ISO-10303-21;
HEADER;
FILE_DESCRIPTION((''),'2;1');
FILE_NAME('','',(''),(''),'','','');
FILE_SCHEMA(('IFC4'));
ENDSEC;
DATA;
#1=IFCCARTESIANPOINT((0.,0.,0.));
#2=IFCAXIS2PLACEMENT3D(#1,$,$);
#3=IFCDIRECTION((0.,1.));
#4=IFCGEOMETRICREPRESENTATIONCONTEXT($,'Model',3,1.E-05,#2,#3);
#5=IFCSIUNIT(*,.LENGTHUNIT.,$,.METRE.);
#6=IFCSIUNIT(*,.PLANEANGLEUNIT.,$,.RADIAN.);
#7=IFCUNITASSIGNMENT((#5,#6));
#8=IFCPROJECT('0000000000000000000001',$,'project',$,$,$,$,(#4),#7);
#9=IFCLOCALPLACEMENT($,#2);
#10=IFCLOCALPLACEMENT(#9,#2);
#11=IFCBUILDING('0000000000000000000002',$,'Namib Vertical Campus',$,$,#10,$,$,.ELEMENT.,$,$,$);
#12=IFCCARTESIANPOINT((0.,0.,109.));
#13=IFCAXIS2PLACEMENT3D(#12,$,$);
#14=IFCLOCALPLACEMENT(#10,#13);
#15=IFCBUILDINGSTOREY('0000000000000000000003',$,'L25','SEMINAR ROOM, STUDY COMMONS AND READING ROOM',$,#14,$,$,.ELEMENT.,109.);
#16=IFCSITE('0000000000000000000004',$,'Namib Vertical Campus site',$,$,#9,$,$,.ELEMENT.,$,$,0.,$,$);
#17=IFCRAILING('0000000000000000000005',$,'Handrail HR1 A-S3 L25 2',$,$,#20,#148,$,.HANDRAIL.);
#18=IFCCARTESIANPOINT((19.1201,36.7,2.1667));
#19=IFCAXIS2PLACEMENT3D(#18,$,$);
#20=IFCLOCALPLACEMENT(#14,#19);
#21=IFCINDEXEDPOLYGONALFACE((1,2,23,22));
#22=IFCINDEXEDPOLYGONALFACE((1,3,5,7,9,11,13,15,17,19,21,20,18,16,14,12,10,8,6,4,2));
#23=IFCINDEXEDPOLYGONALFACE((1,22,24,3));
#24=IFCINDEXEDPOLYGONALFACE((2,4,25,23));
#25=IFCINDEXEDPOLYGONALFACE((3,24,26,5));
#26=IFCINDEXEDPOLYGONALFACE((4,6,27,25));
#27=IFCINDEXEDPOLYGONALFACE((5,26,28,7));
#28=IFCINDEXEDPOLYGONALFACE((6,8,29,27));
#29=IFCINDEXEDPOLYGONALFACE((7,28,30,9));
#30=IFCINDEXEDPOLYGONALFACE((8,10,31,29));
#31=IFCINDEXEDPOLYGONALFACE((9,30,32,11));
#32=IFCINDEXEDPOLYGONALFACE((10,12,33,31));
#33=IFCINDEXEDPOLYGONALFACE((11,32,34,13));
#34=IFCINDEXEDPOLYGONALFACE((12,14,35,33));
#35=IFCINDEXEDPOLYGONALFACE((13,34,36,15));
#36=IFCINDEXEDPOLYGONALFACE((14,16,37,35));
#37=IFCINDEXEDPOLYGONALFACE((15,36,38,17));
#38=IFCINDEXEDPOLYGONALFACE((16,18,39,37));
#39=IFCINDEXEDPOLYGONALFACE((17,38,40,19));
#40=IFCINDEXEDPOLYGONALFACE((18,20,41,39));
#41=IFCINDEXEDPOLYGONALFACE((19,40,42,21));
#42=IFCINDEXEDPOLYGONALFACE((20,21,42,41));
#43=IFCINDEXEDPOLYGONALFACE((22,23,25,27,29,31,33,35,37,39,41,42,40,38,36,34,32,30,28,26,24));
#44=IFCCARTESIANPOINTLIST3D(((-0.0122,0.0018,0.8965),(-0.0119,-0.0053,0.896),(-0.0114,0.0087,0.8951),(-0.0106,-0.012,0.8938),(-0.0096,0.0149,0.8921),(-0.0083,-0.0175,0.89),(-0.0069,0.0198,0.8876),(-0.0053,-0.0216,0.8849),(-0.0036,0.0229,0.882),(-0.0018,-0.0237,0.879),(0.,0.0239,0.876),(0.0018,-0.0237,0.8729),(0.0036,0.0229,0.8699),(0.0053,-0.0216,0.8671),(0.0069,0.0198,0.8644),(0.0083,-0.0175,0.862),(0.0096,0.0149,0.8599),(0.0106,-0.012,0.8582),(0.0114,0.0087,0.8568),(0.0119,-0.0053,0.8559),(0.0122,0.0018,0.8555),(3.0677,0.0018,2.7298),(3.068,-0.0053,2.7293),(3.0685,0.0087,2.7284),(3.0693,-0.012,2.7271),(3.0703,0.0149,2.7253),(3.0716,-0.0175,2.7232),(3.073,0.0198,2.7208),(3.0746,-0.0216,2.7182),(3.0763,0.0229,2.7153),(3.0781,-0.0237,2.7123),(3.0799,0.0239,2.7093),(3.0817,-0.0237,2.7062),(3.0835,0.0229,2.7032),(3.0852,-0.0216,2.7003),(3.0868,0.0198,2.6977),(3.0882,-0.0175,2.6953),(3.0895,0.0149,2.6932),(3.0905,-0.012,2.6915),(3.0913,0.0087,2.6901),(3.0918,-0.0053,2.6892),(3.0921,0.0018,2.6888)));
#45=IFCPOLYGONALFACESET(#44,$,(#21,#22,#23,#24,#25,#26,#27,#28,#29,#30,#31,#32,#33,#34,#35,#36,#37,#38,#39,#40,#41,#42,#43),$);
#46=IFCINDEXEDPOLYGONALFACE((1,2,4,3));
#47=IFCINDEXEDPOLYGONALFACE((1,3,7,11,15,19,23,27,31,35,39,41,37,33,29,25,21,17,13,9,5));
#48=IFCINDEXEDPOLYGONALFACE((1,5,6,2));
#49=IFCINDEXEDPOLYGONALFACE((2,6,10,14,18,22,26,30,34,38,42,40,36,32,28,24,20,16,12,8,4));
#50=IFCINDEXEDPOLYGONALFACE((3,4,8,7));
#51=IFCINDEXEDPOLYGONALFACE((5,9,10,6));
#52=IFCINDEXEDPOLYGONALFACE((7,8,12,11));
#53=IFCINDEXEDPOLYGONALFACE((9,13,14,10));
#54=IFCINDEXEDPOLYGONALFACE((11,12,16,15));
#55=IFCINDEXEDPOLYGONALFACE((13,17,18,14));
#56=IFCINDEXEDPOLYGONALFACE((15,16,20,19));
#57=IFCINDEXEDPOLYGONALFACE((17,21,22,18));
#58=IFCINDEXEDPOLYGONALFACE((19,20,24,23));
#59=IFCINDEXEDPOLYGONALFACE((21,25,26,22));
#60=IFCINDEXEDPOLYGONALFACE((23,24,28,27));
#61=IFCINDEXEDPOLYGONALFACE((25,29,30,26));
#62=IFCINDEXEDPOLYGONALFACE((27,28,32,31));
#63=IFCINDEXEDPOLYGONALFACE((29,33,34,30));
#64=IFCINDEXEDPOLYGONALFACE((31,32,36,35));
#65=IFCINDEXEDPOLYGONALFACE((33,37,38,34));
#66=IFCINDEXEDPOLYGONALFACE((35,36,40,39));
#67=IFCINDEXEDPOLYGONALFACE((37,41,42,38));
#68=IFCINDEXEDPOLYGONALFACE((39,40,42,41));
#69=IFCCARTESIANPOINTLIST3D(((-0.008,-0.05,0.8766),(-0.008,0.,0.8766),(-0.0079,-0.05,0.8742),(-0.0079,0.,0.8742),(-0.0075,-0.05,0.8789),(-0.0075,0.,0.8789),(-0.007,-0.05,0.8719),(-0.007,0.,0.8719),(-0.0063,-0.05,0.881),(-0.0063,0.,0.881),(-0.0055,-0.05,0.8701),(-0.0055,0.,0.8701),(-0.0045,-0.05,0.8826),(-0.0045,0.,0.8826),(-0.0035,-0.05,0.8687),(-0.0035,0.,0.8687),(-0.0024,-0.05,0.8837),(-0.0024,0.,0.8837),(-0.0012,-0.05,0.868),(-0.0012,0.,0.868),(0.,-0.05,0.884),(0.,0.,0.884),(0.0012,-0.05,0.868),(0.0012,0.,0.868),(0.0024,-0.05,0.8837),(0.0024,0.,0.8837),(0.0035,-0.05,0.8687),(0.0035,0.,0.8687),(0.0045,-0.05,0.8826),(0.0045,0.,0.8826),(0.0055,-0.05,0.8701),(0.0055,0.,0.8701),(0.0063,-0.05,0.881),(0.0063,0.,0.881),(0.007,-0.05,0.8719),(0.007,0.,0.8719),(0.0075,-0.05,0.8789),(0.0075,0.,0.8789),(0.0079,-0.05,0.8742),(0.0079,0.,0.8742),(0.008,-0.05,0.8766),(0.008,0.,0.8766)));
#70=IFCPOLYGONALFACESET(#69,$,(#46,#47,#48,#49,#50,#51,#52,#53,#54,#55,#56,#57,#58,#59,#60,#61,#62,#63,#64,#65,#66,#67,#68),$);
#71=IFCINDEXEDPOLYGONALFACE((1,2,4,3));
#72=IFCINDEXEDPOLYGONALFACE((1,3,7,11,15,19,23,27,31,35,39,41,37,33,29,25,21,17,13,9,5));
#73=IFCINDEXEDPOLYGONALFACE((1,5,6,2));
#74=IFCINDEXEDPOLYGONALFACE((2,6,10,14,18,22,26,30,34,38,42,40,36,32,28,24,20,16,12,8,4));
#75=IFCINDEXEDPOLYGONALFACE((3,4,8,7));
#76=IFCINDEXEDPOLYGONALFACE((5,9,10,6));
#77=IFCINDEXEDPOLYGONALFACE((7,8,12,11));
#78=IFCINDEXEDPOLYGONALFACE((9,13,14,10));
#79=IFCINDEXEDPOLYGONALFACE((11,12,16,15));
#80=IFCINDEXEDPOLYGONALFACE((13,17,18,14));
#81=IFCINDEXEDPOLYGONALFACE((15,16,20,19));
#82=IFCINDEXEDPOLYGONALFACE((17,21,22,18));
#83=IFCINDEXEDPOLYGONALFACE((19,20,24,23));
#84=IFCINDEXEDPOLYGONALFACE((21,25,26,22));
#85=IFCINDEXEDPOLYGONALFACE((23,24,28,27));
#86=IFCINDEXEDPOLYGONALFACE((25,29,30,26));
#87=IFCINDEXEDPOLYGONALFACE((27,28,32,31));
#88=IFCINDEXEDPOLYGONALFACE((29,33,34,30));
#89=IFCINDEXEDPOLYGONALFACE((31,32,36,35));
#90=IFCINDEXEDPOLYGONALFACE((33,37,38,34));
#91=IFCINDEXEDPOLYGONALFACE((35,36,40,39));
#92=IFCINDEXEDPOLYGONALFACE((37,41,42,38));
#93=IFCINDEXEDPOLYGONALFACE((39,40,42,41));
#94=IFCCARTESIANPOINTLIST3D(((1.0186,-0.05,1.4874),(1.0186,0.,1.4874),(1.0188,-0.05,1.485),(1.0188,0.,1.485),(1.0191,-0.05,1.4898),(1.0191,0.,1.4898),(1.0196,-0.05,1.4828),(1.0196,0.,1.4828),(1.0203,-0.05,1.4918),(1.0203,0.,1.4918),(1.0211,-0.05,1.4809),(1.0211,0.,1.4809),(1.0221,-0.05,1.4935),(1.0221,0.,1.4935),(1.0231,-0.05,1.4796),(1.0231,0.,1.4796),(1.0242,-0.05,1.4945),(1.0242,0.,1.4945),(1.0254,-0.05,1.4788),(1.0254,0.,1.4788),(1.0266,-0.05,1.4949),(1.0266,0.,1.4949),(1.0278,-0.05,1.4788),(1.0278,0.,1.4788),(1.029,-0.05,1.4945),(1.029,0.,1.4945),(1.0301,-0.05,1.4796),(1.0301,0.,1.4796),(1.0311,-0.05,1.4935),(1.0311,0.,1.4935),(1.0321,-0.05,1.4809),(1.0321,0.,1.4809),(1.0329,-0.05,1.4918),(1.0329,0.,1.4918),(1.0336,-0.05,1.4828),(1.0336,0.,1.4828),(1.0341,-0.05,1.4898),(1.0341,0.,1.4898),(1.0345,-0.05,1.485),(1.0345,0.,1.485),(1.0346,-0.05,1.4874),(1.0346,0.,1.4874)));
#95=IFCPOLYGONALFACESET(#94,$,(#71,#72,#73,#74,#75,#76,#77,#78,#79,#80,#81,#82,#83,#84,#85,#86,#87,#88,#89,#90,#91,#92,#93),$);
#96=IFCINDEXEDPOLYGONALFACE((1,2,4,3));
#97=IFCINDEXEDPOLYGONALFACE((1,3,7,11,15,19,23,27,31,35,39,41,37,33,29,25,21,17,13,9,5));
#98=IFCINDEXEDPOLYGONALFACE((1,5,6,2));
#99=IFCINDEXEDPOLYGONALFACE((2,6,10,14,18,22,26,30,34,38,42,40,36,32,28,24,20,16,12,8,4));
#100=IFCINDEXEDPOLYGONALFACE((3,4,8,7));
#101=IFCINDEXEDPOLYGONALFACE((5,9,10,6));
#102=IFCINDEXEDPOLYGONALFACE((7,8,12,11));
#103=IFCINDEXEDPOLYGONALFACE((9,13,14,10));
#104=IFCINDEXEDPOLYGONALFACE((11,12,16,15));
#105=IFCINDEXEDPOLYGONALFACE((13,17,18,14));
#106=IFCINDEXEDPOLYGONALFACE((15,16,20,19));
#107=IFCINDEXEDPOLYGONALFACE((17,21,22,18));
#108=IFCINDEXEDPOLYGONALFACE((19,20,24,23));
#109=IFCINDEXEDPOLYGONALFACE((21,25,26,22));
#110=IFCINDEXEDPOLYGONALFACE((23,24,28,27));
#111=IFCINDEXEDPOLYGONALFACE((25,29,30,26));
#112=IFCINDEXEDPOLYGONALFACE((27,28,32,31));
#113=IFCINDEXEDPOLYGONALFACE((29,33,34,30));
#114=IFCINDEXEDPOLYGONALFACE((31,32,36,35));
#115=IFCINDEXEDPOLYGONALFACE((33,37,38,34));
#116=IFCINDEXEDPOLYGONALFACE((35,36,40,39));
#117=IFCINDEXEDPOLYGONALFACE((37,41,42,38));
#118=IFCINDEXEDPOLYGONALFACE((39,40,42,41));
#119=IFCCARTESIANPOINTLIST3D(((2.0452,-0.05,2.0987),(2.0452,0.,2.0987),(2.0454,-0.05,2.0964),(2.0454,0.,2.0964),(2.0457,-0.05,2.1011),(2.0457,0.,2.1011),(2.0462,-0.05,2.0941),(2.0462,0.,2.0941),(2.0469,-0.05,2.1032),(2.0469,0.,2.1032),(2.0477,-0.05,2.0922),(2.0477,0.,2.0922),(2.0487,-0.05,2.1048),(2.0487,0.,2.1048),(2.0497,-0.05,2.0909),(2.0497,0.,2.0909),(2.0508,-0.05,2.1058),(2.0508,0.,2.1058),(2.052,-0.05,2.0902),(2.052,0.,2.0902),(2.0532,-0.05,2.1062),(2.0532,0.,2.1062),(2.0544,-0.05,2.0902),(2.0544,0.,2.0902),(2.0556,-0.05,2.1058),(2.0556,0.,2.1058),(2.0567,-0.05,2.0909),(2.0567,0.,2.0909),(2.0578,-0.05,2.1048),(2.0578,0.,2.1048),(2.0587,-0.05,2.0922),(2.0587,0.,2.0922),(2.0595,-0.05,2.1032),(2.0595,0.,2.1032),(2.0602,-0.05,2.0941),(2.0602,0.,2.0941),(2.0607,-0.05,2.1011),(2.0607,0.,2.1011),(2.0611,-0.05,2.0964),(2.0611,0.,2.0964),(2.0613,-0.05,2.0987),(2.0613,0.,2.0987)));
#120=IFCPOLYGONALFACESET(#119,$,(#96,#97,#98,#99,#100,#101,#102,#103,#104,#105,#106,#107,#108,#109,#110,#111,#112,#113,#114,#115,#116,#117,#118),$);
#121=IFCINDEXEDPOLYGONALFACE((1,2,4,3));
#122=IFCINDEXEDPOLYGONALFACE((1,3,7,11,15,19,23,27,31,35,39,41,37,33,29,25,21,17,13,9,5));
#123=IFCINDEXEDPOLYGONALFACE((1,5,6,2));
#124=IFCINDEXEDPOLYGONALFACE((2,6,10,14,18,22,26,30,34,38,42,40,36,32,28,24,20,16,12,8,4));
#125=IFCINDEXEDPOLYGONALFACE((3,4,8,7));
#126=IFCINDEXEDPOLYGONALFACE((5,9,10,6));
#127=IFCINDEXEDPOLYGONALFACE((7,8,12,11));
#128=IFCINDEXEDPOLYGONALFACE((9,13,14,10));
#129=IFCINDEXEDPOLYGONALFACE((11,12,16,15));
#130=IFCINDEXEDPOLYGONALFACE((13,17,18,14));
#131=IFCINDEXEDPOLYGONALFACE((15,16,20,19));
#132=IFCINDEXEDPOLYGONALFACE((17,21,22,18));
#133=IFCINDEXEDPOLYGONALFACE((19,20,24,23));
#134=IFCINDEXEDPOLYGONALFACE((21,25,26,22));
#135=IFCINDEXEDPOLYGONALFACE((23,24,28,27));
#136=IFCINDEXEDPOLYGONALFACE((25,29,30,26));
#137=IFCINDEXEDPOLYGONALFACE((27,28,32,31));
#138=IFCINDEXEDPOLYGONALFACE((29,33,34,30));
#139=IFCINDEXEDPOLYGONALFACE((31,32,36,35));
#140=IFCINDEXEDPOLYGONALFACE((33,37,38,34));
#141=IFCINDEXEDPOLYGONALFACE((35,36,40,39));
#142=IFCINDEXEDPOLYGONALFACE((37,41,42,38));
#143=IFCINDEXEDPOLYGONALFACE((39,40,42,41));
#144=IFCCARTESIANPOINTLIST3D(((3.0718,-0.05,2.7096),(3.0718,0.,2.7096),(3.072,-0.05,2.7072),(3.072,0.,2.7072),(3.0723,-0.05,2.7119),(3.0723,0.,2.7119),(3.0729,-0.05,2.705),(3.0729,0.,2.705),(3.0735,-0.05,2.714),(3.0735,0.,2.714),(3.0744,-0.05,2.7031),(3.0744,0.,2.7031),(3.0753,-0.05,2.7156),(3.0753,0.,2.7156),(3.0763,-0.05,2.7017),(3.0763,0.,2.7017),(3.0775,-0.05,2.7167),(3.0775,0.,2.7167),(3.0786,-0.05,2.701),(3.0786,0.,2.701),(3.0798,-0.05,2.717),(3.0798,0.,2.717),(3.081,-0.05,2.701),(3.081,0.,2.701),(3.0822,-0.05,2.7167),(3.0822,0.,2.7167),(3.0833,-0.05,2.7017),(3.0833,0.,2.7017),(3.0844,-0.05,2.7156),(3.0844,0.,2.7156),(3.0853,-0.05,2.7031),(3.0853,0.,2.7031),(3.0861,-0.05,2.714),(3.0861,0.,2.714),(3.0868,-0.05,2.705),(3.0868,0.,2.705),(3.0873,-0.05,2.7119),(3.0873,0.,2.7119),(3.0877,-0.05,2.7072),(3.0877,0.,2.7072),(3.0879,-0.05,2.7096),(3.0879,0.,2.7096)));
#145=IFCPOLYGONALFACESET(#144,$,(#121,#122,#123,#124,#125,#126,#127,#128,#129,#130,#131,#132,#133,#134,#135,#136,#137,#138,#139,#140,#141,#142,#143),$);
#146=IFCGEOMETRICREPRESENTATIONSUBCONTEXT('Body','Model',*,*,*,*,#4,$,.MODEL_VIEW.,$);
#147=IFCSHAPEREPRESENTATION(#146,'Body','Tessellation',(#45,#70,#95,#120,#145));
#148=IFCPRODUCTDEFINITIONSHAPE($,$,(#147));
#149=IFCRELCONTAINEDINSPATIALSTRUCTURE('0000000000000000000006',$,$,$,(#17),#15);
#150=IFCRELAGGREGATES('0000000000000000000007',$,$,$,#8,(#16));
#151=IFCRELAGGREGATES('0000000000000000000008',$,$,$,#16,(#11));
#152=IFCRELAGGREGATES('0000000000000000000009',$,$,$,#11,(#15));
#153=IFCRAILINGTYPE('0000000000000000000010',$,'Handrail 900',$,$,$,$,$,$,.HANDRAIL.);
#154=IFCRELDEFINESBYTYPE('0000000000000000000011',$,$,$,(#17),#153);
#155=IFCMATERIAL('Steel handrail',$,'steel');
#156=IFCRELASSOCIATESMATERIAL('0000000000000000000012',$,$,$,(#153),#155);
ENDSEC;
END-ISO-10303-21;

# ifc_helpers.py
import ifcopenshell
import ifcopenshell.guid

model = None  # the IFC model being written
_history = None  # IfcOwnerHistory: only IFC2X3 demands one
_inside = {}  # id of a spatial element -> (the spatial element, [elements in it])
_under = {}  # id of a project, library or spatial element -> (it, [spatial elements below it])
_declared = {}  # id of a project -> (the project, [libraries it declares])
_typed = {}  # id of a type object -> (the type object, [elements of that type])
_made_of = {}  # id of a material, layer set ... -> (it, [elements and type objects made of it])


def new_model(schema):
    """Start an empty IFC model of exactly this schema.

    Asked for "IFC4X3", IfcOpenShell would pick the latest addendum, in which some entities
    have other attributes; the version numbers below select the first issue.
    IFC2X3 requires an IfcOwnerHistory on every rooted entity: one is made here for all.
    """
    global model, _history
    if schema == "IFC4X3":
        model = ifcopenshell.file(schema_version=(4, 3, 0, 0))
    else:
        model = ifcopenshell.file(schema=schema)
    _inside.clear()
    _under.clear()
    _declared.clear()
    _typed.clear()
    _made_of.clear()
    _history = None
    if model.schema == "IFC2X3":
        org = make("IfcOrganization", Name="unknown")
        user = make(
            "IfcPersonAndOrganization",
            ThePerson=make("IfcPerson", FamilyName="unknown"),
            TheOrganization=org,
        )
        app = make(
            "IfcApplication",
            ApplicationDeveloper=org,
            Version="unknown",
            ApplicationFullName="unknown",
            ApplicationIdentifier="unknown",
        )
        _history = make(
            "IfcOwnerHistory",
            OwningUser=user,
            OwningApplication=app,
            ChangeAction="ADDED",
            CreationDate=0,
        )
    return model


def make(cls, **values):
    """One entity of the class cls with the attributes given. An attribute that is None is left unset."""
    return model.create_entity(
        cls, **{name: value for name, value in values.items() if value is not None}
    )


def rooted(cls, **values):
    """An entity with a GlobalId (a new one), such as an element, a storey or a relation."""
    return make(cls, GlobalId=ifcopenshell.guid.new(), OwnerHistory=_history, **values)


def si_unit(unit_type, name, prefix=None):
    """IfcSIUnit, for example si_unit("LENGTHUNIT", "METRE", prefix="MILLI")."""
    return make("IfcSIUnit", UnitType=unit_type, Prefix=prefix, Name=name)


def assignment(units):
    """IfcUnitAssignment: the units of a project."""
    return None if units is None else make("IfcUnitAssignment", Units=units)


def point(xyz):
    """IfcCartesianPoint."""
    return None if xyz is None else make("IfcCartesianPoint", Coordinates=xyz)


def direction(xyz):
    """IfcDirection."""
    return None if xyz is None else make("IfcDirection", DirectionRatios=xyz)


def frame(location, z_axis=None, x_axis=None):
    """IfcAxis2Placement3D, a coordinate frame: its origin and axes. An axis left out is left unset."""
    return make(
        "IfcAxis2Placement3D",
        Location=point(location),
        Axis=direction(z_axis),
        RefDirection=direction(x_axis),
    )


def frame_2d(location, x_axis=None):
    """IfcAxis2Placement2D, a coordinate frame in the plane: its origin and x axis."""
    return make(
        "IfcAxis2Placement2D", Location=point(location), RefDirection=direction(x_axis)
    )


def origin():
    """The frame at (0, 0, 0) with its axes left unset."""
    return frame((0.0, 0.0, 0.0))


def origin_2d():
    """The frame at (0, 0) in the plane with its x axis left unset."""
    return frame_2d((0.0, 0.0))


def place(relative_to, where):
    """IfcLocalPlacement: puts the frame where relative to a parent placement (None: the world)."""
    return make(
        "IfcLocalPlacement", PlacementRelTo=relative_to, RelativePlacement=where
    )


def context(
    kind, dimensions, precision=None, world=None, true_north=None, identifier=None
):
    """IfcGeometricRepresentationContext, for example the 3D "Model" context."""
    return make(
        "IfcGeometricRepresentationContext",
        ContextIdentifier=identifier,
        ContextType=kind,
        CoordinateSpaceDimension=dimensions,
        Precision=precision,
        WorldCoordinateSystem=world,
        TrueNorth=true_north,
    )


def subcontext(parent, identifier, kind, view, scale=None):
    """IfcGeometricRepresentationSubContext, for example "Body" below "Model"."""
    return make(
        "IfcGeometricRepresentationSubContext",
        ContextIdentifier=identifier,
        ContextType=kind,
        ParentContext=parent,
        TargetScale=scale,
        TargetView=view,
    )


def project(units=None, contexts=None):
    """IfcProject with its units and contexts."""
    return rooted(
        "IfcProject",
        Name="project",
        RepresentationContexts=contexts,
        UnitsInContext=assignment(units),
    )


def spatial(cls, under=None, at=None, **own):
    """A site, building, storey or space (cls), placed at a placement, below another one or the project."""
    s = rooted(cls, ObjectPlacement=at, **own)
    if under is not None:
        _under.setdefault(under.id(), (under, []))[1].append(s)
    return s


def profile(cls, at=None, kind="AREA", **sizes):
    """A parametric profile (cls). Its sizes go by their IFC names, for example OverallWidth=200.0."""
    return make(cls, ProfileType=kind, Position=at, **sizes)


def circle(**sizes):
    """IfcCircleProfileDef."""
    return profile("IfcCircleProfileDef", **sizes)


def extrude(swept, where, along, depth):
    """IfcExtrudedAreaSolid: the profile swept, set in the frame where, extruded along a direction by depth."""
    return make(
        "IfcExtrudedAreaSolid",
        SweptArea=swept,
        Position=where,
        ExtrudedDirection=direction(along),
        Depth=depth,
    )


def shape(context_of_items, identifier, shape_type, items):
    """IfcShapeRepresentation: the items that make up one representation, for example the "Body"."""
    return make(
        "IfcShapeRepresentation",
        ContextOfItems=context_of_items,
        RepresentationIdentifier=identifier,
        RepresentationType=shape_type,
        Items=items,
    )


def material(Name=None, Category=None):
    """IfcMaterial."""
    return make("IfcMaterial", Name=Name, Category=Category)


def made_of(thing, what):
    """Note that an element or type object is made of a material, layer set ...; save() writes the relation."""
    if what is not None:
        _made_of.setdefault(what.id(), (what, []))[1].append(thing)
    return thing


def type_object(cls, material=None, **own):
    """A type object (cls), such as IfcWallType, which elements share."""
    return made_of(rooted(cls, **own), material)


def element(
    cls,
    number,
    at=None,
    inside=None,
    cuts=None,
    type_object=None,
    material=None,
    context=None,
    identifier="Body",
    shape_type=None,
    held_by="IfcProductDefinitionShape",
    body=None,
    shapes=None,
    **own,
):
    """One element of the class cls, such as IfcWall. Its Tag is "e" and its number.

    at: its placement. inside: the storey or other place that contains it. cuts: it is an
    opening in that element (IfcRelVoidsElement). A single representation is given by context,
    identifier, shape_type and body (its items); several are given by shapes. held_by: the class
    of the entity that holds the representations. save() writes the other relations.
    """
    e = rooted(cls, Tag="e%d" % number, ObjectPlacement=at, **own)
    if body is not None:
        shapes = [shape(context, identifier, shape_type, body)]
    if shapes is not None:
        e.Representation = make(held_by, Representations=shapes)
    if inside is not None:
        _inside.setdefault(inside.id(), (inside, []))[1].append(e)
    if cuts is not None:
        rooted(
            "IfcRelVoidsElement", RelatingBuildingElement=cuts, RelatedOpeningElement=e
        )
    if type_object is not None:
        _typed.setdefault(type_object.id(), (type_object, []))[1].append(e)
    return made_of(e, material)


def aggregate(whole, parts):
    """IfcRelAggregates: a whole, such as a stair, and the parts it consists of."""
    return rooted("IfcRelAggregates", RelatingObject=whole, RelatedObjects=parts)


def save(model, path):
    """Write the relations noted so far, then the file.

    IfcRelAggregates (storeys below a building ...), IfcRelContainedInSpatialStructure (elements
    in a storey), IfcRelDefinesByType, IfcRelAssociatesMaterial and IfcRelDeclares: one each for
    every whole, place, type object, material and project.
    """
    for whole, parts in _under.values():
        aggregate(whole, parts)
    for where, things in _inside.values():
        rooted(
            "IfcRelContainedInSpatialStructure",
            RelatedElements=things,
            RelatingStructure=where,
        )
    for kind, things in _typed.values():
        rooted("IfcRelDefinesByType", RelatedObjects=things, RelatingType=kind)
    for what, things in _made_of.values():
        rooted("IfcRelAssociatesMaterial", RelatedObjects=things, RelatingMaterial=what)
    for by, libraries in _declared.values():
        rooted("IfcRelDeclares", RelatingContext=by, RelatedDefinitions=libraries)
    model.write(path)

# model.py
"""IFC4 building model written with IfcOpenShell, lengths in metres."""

from ifc_helpers import new_model, si_unit, direction, frame, origin, origin_2d, place, context, subcontext, project, spatial, circle, extrude, material, type_object, element, save


model = new_model("IFC4")

# Units and contexts
model_context = context("Model", 3, precision=1e-05, world=origin(), true_north=direction((0.0, 1.0)))
body_context = subcontext(model_context, "Body", "Model", "MODEL_VIEW")
ifc_project = project(units=[si_unit("LENGTHUNIT", "METRE"), si_unit("PLANEANGLEUNIT", "RADIAN")], contexts=[model_context])

# Site, building, storey
site_placement = place(None, origin())
site = spatial("IfcSite", under=ifc_project, at=site_placement, Name="Namib Vertical Campus site", CompositionType="ELEMENT", RefElevation=0.0)
building_placement = place(site_placement, origin())
building = spatial("IfcBuilding", under=site, at=building_placement, Name="Namib Vertical Campus", CompositionType="ELEMENT")
storey_placement = place(building_placement, frame((0.0, 0.0, 109.0)))
storey = spatial("IfcBuildingStorey", under=building, at=storey_placement, Name="L25", Description="SEMINAR ROOM, STUDY COMMONS AND READING ROOM", CompositionType="ELEMENT", Elevation=109.0)

# Railing
ifc_material_1 = material(Name="Steel handrail", Category="steel")
railing_type = type_object("IfcRailingType", Name="Handrail 900", PredefinedType="HANDRAIL", material=ifc_material_1)
railing_1_placement = place(storey_placement, frame((19.1201, 36.7, 2.1667)))
element("IfcRailing", 1, at=railing_1_placement, inside=storey, type_object=railing_type, Name="Handrail HR1 A-S3 L25 2", PredefinedType="HANDRAIL", context=body_context, shape_type="SweptSolid", body=[
    extrude(circle(Radius=0.0239, at=origin_2d()), frame((0.0, 0.0, 0.876), z_axis=(0.859291, 0.0, 0.511487), x_axis=(0.0, 1.0, 0.0)), (0.0, 0.0, 1.0), 3.5842),
    extrude(circle(Radius=0.0081, at=origin_2d()), frame((0.0, 0.0, 0.876), z_axis=(0.0, -1.0, 0.0), x_axis=(0.0, 0.0, 1.0)), (0.0, 0.0, 1.0), 0.05),
    extrude(circle(Radius=0.0081, at=origin_2d()), frame((1.0266, 0.0, 1.4868), z_axis=(0.0, -1.0, 0.0), x_axis=(0.0, 0.0, 1.0)), (0.0, 0.0, 1.0), 0.05),
    extrude(circle(Radius=0.0081, at=origin_2d()), frame((2.0532, 0.0, 2.0981), z_axis=(0.0, -1.0, 0.0), x_axis=(0.0, 0.0, 1.0)), (0.0, 0.0, 1.0), 0.05),
    extrude(circle(Radius=0.0081, at=origin_2d()), frame((3.0798, 0.0, 2.709), z_axis=(0.0, -1.0, 0.0), x_axis=(0.0, 0.0, 1.0)), (0.0, 0.0, 1.0), 0.05),
])

save(model, "model.ifc")
